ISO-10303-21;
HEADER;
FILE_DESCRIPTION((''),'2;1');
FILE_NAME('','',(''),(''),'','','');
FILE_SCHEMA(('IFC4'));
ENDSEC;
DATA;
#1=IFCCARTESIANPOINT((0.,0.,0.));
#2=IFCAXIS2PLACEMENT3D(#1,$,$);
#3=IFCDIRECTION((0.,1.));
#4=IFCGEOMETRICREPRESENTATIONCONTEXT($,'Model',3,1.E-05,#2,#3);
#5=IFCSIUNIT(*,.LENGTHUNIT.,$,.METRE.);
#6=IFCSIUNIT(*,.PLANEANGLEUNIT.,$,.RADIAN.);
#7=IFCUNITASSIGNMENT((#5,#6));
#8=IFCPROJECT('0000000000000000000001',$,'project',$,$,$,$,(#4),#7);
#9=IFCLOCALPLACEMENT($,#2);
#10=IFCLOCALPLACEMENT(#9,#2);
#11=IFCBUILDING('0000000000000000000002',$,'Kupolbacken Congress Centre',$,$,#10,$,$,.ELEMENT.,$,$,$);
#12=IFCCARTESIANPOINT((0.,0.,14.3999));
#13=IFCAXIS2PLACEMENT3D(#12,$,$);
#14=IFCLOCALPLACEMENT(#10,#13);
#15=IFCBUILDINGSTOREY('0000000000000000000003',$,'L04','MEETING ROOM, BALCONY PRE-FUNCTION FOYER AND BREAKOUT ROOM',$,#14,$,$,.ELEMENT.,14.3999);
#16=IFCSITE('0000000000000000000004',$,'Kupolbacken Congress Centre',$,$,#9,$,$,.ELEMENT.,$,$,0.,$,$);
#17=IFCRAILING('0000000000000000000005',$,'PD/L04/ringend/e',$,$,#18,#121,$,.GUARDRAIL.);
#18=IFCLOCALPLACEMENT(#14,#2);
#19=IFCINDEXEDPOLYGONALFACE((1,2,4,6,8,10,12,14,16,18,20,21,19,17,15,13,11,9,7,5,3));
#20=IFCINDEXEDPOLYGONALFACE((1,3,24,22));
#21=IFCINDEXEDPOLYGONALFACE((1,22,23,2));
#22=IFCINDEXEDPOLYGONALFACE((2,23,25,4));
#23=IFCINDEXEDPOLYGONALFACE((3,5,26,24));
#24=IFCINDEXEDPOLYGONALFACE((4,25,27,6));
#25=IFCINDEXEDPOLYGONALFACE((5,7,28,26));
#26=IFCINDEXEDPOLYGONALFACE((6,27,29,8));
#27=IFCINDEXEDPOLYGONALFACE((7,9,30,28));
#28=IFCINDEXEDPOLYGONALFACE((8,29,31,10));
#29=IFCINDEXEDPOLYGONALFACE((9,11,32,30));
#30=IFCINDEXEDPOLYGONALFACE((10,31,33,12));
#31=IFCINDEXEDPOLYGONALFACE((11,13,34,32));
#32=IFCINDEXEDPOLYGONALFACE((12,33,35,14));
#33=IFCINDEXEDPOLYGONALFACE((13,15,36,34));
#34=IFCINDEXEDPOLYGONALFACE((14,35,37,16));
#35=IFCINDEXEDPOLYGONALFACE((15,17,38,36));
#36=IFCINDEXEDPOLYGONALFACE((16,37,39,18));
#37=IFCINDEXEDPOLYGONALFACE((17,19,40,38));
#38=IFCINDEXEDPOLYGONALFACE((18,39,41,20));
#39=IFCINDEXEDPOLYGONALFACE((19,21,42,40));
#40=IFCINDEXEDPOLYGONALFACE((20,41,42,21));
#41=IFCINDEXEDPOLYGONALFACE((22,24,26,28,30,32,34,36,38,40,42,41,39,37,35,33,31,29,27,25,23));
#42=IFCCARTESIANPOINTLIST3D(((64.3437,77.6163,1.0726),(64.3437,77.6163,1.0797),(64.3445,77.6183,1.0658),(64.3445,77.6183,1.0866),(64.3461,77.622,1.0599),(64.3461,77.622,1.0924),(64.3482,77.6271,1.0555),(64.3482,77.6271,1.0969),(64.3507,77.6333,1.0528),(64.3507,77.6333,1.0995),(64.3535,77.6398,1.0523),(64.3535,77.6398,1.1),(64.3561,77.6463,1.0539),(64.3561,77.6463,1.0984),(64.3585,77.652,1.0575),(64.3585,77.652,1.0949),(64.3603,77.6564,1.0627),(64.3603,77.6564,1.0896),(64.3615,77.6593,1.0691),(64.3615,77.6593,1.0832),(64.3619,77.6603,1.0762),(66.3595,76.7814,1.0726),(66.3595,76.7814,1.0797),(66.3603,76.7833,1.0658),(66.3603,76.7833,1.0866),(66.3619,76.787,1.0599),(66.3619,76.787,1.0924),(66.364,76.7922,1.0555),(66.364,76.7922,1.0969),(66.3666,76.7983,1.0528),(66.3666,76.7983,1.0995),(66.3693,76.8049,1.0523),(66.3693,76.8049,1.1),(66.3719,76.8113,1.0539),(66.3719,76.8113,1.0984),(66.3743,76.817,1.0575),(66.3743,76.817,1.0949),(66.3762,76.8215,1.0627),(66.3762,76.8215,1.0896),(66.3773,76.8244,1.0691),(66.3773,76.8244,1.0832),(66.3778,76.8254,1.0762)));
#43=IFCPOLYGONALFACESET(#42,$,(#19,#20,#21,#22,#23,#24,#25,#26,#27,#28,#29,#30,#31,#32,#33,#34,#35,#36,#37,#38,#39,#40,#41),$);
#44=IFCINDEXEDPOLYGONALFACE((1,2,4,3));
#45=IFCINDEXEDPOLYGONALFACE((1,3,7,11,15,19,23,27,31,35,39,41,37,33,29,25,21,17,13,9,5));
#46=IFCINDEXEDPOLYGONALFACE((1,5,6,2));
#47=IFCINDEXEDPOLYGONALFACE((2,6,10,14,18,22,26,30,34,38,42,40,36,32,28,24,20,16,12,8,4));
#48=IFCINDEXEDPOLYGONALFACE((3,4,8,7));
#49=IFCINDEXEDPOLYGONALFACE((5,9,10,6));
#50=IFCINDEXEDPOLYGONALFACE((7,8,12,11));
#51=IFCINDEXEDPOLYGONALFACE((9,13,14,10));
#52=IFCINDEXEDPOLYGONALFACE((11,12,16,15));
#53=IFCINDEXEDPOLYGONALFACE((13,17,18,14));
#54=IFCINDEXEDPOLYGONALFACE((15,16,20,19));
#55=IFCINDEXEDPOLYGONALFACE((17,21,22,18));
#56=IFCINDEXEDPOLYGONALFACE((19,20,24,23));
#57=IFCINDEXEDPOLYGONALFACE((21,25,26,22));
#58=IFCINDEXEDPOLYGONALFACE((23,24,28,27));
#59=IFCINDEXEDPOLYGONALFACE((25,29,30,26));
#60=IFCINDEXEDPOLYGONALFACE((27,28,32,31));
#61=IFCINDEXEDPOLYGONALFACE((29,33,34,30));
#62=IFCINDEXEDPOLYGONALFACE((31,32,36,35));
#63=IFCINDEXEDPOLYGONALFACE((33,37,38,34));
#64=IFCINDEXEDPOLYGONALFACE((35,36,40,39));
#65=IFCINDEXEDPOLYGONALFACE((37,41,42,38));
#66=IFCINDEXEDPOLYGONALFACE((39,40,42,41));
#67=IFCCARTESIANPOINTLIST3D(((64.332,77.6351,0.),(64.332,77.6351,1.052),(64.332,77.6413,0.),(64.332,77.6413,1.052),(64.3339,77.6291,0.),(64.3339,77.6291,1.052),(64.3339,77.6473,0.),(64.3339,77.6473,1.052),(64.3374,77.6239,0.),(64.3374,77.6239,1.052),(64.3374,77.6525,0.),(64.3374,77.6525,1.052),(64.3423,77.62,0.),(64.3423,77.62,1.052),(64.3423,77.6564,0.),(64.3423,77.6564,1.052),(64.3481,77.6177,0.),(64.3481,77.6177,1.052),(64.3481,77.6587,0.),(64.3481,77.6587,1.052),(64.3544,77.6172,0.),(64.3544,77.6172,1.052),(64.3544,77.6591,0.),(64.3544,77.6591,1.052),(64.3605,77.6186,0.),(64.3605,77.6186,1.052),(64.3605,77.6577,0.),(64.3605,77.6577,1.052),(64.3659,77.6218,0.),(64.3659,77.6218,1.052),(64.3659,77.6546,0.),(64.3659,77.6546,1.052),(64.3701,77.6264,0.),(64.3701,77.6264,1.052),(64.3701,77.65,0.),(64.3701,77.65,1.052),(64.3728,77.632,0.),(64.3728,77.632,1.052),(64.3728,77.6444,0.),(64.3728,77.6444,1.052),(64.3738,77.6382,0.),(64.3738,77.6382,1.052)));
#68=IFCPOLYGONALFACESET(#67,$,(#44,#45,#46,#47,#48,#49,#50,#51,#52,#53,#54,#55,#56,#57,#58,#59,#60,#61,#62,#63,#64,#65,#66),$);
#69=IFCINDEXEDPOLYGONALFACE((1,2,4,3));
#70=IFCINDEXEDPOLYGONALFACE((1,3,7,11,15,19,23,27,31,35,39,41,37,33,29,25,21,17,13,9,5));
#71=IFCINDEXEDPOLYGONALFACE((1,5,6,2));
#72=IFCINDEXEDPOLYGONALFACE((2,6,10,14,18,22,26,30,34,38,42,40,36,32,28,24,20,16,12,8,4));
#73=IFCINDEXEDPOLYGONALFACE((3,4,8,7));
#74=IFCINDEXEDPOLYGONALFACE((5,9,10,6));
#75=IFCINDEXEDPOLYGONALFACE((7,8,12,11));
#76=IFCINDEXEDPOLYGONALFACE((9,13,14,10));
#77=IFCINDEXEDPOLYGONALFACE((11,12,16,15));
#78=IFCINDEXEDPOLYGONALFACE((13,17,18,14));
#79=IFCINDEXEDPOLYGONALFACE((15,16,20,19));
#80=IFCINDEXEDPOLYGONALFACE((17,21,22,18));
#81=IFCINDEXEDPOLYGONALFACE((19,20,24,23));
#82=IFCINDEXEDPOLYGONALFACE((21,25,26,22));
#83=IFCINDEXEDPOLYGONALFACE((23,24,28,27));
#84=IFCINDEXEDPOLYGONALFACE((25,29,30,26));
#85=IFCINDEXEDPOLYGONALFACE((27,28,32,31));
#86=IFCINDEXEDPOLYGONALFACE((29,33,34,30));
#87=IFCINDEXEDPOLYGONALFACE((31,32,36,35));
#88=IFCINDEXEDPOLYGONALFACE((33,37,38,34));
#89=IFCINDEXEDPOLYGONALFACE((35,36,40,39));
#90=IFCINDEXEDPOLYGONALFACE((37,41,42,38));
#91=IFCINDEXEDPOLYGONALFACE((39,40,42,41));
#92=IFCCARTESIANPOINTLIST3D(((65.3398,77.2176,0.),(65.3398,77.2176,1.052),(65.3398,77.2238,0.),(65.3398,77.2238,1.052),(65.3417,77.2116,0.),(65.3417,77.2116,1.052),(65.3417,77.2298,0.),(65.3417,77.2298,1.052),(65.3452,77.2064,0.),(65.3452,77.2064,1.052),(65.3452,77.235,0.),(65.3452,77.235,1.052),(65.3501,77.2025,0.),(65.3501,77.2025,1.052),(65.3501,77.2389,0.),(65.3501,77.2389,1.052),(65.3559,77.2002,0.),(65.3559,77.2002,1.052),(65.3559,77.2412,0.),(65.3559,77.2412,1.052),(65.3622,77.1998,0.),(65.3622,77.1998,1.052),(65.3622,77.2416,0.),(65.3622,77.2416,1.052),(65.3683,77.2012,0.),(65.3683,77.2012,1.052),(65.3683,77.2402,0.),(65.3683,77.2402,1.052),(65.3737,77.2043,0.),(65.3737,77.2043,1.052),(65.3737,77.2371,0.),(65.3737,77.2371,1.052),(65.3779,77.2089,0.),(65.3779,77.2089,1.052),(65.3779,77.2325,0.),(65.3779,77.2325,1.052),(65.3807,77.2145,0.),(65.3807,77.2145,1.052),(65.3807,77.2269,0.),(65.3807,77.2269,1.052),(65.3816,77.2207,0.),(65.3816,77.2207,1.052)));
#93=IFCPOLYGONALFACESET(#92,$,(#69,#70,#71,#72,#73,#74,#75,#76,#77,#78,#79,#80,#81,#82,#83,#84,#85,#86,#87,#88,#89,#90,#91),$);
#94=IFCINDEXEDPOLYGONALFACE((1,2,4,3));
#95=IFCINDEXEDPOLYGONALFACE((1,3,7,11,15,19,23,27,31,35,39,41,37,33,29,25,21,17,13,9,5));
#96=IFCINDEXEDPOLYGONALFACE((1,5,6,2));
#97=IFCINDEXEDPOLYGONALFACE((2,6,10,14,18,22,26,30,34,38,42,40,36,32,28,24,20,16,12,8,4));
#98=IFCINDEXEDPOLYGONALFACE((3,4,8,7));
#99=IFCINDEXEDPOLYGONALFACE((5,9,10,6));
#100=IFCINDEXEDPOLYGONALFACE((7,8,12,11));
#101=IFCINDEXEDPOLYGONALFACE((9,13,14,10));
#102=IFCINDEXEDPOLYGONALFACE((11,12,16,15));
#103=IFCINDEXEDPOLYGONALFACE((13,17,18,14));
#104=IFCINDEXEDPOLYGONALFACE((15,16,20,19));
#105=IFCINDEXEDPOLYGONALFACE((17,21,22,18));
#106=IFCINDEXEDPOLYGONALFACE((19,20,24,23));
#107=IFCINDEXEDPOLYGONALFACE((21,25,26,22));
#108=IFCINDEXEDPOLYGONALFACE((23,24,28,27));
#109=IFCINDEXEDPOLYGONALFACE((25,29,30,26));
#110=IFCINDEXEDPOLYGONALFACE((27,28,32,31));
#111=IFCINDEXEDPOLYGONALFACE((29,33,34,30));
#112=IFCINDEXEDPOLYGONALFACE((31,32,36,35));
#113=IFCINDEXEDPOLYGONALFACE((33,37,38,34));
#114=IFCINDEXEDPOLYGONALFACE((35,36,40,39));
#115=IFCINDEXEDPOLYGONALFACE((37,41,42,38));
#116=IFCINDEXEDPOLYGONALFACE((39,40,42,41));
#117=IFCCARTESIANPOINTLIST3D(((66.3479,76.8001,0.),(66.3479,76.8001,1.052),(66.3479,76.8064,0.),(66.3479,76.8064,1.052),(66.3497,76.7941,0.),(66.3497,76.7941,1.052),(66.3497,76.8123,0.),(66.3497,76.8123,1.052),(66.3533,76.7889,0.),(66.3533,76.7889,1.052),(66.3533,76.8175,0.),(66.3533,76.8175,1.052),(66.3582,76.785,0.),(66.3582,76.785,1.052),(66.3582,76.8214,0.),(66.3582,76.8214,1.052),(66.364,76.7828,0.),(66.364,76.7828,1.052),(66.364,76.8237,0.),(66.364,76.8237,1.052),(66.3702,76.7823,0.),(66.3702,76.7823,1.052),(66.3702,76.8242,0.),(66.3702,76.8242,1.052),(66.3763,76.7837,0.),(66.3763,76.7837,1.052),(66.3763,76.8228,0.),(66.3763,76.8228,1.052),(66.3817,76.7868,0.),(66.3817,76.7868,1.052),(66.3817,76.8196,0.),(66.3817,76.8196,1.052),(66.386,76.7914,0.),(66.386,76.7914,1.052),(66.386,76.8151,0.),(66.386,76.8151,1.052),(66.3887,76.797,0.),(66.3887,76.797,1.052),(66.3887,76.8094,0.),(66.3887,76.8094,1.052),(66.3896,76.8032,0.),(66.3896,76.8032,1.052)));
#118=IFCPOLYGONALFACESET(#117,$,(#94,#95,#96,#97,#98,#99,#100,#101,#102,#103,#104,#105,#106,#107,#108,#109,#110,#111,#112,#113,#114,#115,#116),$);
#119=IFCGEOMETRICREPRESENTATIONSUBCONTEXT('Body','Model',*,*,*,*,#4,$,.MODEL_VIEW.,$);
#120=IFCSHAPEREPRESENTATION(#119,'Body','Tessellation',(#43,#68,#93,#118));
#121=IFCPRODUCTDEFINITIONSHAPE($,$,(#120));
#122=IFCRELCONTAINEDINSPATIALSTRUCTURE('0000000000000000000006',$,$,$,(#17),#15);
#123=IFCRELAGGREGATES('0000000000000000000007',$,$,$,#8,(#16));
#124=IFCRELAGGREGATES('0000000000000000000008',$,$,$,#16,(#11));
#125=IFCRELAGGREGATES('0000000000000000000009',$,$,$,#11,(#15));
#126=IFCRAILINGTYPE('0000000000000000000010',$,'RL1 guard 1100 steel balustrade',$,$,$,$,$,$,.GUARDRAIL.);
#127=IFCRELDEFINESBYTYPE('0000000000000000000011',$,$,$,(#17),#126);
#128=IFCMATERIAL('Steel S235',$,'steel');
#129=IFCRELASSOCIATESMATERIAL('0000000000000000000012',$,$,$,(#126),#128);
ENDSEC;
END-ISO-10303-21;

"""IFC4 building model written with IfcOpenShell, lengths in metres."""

from ifc_helpers import new_model, si_unit, direction, frame, origin, origin_2d, place, context, subcontext, project, spatial, circle, extrude, material, type_object, element, save


model = new_model("IFC4")

# Units and contexts
model_context = context("Model", 3, precision=1e-05, world=origin(), true_north=direction((0.0, 1.0)))
body_context = subcontext(model_context, "Body", "Model", "MODEL_VIEW")
ifc_project = project(units=[si_unit("LENGTHUNIT", "METRE"), si_unit("PLANEANGLEUNIT", "RADIAN")], contexts=[model_context])

# Site, building, storey
site_placement = place(None, origin())
site = spatial("IfcSite", under=ifc_project, at=site_placement, Name="Kupolbacken Congress Centre", CompositionType="ELEMENT", RefElevation=0.0)
building_placement = place(site_placement, origin())
building = spatial("IfcBuilding", under=site, at=building_placement, Name="Kupolbacken Congress Centre", CompositionType="ELEMENT")
storey_placement = place(building_placement, frame((0.0, 0.0, 14.3999)))
storey = spatial("IfcBuildingStorey", under=building, at=storey_placement, Name="L04", Description="MEETING ROOM, BALCONY PRE-FUNCTION FOYER AND BREAKOUT ROOM", CompositionType="ELEMENT", Elevation=14.3999)

# Railing
ifc_material_1 = material(Name="Steel S235", Category="steel")
railing_type = type_object("IfcRailingType", Name="RL1 guard 1100 steel balustrade", PredefinedType="GUARDRAIL", material=ifc_material_1)
railing_1_placement = place(storey_placement, frame((64.3528, 77.6382, 0.0)))
element("IfcRailing", 1, at=railing_1_placement, inside=storey, type_object=railing_type, Name="PD/L04/ringend/e", PredefinedType="GUARDRAIL", context=body_context, shape_type="SweptSolid", body=[
    extrude(circle(Radius=0.0239, at=origin_2d()), frame((0.0, 0.0, 1.0762), z_axis=(0.923886, -0.382668, 0.0), x_axis=(0.382668, 0.923886, 0.0)), (0.0, 0.0, 1.0), 2.1819),
    extrude(circle(Radius=0.021, at=origin_2d()), origin(), (0.0, 0.0, 1.0), 1.052),
    extrude(circle(Radius=0.021, at=origin_2d()), frame((1.0078, -0.4175, 0.0)), (0.0, 0.0, 1.0), 1.052),
    extrude(circle(Radius=0.021, at=origin_2d()), frame((2.0159, -0.835, 0.0)), (0.0, 0.0, 1.0), 1.052),
])

save(model, "model.ifc")
